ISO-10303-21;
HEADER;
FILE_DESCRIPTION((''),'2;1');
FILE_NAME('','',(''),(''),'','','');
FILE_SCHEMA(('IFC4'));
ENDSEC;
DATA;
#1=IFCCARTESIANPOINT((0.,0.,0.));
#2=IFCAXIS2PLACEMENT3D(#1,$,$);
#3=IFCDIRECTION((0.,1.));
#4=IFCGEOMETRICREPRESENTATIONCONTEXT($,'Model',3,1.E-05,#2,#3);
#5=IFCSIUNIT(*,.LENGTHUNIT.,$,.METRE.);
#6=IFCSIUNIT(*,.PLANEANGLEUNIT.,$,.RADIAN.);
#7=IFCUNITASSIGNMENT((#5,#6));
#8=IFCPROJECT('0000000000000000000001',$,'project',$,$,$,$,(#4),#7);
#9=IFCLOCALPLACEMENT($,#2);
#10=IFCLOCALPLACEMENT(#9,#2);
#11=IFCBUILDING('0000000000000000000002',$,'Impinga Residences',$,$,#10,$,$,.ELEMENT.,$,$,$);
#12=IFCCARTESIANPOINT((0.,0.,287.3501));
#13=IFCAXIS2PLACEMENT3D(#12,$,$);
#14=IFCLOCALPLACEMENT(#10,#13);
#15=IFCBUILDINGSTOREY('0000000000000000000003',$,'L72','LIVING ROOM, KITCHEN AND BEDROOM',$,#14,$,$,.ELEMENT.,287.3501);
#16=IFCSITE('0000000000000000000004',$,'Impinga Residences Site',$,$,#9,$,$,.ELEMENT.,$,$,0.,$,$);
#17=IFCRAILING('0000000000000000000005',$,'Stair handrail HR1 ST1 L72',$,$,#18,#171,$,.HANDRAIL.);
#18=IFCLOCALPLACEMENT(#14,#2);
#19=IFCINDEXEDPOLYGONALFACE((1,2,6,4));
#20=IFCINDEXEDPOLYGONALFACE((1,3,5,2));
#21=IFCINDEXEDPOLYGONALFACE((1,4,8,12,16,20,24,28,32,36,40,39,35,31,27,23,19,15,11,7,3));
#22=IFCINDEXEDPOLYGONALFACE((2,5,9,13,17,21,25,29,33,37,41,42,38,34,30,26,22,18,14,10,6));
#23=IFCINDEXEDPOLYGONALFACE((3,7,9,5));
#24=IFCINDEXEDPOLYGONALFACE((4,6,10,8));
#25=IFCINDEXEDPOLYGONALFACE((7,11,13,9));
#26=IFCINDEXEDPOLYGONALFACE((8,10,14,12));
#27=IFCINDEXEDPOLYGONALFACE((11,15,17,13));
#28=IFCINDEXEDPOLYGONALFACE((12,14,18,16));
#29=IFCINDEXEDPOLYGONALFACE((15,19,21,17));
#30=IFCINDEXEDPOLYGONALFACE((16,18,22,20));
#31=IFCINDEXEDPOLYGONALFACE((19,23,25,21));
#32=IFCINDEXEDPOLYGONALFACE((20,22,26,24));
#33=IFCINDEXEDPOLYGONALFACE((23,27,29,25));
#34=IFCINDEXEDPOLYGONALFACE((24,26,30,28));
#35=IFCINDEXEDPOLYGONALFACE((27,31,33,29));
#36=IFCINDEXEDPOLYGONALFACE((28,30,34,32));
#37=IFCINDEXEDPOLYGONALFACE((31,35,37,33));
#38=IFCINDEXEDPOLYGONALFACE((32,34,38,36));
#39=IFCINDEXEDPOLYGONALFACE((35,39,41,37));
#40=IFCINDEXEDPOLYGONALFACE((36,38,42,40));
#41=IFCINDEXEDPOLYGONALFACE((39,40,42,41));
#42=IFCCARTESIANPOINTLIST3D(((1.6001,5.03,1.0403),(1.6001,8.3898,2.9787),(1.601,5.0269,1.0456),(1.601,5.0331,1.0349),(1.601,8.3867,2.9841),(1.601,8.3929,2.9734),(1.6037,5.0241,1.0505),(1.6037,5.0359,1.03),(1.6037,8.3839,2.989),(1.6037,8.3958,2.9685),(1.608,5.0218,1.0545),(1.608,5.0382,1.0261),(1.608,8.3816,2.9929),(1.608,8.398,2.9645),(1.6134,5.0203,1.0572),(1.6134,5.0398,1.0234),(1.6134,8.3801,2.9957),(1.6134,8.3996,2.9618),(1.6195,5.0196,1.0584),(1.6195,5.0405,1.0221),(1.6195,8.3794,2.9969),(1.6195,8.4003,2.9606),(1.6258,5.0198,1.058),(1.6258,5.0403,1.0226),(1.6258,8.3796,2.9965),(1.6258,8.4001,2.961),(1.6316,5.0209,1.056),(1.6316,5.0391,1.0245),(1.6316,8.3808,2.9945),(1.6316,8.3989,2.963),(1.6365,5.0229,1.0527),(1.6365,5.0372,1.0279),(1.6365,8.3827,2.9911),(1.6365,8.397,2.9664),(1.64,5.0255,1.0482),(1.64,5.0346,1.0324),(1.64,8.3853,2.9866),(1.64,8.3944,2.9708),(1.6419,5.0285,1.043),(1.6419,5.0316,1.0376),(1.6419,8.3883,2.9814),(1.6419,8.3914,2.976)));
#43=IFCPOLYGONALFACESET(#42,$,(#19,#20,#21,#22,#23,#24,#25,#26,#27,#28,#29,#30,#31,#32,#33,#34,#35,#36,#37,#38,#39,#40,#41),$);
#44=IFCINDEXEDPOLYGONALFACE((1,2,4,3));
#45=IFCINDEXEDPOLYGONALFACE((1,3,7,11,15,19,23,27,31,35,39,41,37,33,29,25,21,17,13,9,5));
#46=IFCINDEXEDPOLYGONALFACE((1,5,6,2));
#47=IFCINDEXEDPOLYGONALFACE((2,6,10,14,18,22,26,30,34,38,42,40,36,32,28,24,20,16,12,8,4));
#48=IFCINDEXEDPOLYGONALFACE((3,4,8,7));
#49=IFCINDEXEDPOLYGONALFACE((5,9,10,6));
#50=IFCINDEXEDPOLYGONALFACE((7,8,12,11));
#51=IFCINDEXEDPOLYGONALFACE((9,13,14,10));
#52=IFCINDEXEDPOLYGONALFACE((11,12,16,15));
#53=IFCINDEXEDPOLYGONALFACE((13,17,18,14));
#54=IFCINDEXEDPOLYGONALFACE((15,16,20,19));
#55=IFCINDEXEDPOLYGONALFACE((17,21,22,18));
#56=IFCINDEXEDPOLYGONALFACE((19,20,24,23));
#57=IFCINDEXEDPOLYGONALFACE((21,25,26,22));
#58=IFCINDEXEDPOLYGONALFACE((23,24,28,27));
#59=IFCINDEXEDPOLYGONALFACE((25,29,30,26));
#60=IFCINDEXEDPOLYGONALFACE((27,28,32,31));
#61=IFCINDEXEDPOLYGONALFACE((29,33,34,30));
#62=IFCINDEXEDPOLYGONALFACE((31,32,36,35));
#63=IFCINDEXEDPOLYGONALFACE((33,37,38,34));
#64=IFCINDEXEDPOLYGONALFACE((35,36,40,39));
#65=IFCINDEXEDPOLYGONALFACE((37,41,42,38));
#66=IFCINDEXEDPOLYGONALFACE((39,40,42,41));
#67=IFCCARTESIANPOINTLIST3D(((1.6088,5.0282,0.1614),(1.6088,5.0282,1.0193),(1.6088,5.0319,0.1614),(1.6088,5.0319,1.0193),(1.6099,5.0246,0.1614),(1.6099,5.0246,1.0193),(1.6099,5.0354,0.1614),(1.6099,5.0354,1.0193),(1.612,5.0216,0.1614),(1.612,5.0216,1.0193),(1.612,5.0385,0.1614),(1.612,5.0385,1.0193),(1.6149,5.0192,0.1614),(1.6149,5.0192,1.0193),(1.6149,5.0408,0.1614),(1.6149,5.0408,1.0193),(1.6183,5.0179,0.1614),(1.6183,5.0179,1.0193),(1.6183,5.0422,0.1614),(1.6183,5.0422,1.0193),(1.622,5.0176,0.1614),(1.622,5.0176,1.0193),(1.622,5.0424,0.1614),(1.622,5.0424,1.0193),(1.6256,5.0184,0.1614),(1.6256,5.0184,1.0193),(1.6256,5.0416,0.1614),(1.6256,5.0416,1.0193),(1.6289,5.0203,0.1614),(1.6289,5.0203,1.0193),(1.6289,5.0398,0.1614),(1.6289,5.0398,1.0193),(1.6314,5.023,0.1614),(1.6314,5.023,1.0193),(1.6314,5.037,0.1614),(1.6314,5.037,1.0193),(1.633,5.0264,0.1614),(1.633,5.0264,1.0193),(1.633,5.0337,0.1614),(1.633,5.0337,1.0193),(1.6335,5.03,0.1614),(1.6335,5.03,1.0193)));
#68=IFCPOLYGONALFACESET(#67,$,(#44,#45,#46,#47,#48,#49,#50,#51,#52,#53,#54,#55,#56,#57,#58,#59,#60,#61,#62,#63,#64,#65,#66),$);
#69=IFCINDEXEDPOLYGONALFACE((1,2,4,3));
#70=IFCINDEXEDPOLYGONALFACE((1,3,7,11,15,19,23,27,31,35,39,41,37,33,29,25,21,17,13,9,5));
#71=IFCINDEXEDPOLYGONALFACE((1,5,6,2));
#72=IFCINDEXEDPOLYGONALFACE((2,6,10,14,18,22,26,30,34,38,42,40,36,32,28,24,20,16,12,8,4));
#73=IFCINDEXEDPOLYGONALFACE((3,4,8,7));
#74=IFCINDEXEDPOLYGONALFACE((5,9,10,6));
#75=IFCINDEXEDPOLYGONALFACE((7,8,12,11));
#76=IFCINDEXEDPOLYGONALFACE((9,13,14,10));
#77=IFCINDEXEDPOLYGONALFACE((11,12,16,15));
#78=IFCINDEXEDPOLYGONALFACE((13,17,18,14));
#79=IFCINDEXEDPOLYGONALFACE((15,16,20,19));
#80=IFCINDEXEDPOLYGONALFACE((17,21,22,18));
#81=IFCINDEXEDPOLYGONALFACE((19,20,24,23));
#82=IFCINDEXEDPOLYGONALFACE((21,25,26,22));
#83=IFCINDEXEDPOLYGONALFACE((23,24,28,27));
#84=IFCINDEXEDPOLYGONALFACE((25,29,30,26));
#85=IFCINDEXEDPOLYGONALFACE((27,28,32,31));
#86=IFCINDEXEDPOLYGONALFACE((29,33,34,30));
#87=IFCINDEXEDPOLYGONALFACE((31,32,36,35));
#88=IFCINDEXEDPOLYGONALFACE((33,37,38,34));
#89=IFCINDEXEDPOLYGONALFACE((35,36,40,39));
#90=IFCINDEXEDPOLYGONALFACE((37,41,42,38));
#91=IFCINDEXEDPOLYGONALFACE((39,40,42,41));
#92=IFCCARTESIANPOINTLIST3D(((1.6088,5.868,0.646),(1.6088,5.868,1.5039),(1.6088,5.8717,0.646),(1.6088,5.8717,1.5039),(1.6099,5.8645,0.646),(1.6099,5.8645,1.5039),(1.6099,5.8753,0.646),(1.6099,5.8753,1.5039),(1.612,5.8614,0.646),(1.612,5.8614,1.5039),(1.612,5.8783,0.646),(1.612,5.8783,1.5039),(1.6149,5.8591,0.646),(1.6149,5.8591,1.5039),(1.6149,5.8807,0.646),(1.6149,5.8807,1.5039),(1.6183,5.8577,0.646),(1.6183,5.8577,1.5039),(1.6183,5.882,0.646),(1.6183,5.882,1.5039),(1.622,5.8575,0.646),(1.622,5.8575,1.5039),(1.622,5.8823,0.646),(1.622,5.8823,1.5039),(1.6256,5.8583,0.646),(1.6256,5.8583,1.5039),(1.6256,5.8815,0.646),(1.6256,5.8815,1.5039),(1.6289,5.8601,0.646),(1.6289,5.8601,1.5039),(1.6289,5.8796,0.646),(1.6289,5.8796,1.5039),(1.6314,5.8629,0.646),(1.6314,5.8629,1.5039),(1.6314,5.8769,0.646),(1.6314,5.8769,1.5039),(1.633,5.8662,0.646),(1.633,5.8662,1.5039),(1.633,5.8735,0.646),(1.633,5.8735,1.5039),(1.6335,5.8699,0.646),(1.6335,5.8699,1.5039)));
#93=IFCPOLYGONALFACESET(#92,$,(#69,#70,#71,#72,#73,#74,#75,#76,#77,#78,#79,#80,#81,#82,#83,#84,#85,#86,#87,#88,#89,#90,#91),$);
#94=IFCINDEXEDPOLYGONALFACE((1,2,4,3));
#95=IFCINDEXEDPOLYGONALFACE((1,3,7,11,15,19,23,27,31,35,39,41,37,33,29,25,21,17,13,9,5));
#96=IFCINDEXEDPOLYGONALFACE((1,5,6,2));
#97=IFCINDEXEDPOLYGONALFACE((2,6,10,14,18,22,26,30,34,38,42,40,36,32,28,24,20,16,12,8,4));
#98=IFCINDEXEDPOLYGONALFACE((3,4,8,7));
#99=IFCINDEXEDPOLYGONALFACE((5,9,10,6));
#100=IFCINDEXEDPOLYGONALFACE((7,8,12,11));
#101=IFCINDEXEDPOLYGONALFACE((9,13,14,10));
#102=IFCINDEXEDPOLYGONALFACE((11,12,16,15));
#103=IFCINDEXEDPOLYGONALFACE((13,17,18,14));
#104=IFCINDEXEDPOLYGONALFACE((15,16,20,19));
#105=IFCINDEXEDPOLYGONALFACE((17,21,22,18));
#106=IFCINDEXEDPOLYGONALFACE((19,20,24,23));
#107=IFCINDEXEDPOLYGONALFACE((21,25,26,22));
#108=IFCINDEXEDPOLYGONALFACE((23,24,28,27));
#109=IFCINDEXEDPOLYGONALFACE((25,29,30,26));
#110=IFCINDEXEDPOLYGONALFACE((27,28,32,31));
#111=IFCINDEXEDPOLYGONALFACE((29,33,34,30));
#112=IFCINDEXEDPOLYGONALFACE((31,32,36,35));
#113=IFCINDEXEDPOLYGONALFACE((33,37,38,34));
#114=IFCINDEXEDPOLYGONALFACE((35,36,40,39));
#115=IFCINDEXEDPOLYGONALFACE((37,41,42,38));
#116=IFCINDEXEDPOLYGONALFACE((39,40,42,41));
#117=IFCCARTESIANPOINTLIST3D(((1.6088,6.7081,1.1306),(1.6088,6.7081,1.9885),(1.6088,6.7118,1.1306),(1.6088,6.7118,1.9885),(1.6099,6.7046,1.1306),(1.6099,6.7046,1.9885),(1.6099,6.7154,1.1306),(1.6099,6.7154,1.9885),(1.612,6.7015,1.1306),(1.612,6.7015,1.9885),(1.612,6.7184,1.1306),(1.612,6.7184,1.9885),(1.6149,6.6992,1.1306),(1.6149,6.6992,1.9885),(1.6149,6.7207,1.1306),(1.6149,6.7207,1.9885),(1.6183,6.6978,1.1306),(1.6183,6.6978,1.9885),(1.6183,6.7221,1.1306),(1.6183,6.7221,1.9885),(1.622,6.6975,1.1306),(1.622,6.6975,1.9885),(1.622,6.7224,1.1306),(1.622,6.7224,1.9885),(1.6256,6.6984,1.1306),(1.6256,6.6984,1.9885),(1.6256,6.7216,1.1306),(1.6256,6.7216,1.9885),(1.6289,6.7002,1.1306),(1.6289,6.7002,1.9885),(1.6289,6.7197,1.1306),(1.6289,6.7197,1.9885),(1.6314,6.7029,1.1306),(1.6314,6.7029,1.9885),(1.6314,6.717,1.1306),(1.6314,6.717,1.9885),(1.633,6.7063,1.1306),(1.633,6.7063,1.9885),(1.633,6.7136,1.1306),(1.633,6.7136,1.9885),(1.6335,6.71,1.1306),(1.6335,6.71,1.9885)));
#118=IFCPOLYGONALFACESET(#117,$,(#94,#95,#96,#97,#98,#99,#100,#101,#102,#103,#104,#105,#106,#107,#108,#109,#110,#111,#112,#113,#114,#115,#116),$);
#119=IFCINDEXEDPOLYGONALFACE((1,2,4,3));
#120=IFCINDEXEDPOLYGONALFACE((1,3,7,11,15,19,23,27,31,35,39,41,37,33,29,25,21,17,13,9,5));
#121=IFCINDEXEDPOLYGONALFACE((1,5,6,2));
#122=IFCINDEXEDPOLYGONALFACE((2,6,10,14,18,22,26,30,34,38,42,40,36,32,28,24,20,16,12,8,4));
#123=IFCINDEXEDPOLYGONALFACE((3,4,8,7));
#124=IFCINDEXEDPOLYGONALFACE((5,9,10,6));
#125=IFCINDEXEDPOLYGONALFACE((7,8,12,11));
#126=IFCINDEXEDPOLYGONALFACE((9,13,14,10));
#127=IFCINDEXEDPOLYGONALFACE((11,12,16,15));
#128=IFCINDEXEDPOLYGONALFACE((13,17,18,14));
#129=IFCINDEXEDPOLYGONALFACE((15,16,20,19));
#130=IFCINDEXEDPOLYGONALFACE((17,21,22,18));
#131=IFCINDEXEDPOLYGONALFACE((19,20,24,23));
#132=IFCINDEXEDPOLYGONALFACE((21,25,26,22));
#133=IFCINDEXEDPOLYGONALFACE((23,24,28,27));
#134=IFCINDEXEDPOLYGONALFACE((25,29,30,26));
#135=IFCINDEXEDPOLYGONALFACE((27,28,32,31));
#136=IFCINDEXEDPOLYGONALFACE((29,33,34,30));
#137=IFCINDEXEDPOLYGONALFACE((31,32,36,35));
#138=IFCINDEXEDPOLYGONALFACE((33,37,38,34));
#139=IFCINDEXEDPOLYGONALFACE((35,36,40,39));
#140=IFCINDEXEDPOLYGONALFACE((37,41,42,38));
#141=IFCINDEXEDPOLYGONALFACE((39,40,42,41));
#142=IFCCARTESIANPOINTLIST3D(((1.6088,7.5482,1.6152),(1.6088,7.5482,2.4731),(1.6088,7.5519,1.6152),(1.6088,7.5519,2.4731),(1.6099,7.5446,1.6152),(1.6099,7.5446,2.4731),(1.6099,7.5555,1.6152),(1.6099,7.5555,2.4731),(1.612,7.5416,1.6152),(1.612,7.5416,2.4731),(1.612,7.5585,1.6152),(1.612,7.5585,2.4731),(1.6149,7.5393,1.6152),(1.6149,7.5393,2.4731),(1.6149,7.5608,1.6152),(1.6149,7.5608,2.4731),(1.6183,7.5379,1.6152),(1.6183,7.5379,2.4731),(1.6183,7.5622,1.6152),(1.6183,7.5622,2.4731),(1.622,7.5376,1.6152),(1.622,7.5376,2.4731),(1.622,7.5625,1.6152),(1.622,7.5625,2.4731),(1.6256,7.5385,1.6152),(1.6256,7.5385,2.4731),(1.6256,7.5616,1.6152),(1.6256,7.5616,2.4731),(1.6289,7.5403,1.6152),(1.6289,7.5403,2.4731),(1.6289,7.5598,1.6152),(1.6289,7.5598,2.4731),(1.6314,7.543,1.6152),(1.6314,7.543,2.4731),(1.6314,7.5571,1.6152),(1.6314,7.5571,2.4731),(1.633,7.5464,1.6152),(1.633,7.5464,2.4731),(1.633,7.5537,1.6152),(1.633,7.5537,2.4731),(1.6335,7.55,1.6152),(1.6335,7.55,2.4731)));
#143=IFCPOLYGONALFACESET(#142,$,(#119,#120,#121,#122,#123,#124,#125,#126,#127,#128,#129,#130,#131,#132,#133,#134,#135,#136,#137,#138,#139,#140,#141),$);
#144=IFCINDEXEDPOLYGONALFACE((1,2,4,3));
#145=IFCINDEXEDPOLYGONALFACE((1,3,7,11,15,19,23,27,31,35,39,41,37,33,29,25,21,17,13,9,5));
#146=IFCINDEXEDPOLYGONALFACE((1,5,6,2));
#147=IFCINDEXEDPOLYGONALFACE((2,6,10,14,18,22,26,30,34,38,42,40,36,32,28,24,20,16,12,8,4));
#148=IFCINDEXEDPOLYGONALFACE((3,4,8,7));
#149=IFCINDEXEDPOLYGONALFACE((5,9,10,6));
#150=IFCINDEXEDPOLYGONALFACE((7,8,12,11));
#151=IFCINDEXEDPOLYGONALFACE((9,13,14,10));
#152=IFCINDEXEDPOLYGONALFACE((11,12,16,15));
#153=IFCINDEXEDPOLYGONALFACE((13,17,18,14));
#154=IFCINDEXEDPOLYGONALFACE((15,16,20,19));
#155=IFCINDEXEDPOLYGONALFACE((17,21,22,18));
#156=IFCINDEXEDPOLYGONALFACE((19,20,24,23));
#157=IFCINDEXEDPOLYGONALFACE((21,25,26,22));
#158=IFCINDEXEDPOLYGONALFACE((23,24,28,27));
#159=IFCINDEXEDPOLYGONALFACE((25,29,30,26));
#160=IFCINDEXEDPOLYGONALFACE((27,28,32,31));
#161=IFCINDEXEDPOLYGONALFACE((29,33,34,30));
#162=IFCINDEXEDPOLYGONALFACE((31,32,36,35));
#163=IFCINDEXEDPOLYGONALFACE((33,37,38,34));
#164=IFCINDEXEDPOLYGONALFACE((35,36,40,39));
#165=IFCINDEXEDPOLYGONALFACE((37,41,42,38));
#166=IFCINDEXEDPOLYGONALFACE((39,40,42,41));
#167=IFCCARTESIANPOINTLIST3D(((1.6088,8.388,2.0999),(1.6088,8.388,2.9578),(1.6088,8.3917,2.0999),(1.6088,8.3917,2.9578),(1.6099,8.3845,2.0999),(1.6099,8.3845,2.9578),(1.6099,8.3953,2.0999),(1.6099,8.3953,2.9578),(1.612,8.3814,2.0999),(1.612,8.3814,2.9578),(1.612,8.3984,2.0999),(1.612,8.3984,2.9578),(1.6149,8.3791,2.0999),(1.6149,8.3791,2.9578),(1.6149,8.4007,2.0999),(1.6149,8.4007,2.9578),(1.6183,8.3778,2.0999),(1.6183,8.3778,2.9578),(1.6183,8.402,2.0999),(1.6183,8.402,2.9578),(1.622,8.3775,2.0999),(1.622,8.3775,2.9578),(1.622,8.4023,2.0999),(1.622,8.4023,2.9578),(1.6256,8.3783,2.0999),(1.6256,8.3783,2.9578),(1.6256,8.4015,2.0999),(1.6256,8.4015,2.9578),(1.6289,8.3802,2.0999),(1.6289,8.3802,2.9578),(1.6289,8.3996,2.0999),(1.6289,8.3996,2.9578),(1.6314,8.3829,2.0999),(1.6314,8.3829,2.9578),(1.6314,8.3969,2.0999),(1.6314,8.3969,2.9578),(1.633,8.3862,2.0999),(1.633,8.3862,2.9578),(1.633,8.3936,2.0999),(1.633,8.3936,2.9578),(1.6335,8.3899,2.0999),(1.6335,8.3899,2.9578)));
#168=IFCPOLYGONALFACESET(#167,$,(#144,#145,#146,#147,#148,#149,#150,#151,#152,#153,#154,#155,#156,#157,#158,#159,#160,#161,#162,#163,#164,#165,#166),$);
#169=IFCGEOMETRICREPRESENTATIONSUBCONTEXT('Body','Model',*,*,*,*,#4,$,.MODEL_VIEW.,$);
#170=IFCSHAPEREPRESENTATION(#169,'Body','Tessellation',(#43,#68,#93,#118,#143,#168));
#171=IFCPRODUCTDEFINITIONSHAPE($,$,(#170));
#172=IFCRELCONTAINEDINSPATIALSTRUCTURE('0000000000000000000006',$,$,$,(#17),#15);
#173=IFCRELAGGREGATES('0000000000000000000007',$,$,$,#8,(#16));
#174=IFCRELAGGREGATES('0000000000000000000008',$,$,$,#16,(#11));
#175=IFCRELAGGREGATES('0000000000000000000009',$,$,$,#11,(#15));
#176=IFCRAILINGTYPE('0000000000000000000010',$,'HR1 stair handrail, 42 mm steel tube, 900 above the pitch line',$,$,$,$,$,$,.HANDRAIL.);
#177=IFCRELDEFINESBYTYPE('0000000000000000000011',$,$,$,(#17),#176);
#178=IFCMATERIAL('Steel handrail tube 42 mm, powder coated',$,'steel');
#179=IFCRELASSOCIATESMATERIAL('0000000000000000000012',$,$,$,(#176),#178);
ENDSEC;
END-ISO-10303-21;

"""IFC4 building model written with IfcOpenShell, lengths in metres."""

from ifc_helpers import new_model, si_unit, direction, frame, origin, origin_2d, place, context, subcontext, project, spatial, circle, extrude, material, type_object, element, save


model = new_model("IFC4")

# Units and contexts
model_context = context("Model", 3, precision=1e-05, world=origin(), true_north=direction((0.0, 1.0)))
body_context = subcontext(model_context, "Body", "Model", "MODEL_VIEW")
ifc_project = project(units=[si_unit("LENGTHUNIT", "METRE"), si_unit("PLANEANGLEUNIT", "RADIAN")], contexts=[model_context])

# Site, building, storey
site_placement = place(None, origin())
site = spatial("IfcSite", under=ifc_project, at=site_placement, Name="Impinga Residences Site", CompositionType="ELEMENT", RefElevation=0.0)
building_placement = place(site_placement, origin())
building = spatial("IfcBuilding", under=site, at=building_placement, Name="Impinga Residences", CompositionType="ELEMENT")
storey_placement = place(building_placement, frame((0.0, 0.0, 287.3501)))
storey = spatial("IfcBuildingStorey", under=building, at=storey_placement, Name="L72", Description="LIVING ROOM, KITCHEN AND BEDROOM", CompositionType="ELEMENT", Elevation=287.3501)

# Railing
ifc_material_1 = material(Name="Steel handrail tube 42 mm, powder coated", Category="steel")
railing_type = type_object("IfcRailingType", Name="HR1 stair handrail, 42 mm steel tube, 900 above the pitch line", PredefinedType="HANDRAIL", material=ifc_material_1)
railing_placement = place(storey_placement, frame((1.6211, 5.03, 0.1614)))
element("IfcRailing", 1, at=railing_placement, inside=storey, type_object=railing_type, Name="Stair handrail HR1 ST1 L72", PredefinedType="HANDRAIL", context=body_context, shape_type="SweptSolid", body=[
    extrude(circle(Radius=0.021, at=origin_2d()), frame((0.0, 0.0, 0.8789), z_axis=(0.0, 0.866175, 0.499741), x_axis=(-1.0, 0.0, 0.0)), (0.0, 0.0, 1.0), 3.8789),
    extrude(circle(Radius=0.0125, at=origin_2d()), origin(), (0.0, 0.0, 1.0), 0.8579),
    extrude(circle(Radius=0.0125, at=origin_2d()), frame((0.0, 0.8398, 0.4846)), (0.0, 0.0, 1.0), 0.8579),
    extrude(circle(Radius=0.0125, at=origin_2d()), frame((0.0, 1.6799, 0.9692)), (0.0, 0.0, 1.0), 0.8579),
    extrude(circle(Radius=0.0125, at=origin_2d()), frame((0.0, 2.52, 1.4539)), (0.0, 0.0, 1.0), 0.8579),
    extrude(circle(Radius=0.0125, at=origin_2d()), frame((0.0, 3.3599, 1.9385)), (0.0, 0.0, 1.0), 0.8579),
])

save(model, "model.ifc")
